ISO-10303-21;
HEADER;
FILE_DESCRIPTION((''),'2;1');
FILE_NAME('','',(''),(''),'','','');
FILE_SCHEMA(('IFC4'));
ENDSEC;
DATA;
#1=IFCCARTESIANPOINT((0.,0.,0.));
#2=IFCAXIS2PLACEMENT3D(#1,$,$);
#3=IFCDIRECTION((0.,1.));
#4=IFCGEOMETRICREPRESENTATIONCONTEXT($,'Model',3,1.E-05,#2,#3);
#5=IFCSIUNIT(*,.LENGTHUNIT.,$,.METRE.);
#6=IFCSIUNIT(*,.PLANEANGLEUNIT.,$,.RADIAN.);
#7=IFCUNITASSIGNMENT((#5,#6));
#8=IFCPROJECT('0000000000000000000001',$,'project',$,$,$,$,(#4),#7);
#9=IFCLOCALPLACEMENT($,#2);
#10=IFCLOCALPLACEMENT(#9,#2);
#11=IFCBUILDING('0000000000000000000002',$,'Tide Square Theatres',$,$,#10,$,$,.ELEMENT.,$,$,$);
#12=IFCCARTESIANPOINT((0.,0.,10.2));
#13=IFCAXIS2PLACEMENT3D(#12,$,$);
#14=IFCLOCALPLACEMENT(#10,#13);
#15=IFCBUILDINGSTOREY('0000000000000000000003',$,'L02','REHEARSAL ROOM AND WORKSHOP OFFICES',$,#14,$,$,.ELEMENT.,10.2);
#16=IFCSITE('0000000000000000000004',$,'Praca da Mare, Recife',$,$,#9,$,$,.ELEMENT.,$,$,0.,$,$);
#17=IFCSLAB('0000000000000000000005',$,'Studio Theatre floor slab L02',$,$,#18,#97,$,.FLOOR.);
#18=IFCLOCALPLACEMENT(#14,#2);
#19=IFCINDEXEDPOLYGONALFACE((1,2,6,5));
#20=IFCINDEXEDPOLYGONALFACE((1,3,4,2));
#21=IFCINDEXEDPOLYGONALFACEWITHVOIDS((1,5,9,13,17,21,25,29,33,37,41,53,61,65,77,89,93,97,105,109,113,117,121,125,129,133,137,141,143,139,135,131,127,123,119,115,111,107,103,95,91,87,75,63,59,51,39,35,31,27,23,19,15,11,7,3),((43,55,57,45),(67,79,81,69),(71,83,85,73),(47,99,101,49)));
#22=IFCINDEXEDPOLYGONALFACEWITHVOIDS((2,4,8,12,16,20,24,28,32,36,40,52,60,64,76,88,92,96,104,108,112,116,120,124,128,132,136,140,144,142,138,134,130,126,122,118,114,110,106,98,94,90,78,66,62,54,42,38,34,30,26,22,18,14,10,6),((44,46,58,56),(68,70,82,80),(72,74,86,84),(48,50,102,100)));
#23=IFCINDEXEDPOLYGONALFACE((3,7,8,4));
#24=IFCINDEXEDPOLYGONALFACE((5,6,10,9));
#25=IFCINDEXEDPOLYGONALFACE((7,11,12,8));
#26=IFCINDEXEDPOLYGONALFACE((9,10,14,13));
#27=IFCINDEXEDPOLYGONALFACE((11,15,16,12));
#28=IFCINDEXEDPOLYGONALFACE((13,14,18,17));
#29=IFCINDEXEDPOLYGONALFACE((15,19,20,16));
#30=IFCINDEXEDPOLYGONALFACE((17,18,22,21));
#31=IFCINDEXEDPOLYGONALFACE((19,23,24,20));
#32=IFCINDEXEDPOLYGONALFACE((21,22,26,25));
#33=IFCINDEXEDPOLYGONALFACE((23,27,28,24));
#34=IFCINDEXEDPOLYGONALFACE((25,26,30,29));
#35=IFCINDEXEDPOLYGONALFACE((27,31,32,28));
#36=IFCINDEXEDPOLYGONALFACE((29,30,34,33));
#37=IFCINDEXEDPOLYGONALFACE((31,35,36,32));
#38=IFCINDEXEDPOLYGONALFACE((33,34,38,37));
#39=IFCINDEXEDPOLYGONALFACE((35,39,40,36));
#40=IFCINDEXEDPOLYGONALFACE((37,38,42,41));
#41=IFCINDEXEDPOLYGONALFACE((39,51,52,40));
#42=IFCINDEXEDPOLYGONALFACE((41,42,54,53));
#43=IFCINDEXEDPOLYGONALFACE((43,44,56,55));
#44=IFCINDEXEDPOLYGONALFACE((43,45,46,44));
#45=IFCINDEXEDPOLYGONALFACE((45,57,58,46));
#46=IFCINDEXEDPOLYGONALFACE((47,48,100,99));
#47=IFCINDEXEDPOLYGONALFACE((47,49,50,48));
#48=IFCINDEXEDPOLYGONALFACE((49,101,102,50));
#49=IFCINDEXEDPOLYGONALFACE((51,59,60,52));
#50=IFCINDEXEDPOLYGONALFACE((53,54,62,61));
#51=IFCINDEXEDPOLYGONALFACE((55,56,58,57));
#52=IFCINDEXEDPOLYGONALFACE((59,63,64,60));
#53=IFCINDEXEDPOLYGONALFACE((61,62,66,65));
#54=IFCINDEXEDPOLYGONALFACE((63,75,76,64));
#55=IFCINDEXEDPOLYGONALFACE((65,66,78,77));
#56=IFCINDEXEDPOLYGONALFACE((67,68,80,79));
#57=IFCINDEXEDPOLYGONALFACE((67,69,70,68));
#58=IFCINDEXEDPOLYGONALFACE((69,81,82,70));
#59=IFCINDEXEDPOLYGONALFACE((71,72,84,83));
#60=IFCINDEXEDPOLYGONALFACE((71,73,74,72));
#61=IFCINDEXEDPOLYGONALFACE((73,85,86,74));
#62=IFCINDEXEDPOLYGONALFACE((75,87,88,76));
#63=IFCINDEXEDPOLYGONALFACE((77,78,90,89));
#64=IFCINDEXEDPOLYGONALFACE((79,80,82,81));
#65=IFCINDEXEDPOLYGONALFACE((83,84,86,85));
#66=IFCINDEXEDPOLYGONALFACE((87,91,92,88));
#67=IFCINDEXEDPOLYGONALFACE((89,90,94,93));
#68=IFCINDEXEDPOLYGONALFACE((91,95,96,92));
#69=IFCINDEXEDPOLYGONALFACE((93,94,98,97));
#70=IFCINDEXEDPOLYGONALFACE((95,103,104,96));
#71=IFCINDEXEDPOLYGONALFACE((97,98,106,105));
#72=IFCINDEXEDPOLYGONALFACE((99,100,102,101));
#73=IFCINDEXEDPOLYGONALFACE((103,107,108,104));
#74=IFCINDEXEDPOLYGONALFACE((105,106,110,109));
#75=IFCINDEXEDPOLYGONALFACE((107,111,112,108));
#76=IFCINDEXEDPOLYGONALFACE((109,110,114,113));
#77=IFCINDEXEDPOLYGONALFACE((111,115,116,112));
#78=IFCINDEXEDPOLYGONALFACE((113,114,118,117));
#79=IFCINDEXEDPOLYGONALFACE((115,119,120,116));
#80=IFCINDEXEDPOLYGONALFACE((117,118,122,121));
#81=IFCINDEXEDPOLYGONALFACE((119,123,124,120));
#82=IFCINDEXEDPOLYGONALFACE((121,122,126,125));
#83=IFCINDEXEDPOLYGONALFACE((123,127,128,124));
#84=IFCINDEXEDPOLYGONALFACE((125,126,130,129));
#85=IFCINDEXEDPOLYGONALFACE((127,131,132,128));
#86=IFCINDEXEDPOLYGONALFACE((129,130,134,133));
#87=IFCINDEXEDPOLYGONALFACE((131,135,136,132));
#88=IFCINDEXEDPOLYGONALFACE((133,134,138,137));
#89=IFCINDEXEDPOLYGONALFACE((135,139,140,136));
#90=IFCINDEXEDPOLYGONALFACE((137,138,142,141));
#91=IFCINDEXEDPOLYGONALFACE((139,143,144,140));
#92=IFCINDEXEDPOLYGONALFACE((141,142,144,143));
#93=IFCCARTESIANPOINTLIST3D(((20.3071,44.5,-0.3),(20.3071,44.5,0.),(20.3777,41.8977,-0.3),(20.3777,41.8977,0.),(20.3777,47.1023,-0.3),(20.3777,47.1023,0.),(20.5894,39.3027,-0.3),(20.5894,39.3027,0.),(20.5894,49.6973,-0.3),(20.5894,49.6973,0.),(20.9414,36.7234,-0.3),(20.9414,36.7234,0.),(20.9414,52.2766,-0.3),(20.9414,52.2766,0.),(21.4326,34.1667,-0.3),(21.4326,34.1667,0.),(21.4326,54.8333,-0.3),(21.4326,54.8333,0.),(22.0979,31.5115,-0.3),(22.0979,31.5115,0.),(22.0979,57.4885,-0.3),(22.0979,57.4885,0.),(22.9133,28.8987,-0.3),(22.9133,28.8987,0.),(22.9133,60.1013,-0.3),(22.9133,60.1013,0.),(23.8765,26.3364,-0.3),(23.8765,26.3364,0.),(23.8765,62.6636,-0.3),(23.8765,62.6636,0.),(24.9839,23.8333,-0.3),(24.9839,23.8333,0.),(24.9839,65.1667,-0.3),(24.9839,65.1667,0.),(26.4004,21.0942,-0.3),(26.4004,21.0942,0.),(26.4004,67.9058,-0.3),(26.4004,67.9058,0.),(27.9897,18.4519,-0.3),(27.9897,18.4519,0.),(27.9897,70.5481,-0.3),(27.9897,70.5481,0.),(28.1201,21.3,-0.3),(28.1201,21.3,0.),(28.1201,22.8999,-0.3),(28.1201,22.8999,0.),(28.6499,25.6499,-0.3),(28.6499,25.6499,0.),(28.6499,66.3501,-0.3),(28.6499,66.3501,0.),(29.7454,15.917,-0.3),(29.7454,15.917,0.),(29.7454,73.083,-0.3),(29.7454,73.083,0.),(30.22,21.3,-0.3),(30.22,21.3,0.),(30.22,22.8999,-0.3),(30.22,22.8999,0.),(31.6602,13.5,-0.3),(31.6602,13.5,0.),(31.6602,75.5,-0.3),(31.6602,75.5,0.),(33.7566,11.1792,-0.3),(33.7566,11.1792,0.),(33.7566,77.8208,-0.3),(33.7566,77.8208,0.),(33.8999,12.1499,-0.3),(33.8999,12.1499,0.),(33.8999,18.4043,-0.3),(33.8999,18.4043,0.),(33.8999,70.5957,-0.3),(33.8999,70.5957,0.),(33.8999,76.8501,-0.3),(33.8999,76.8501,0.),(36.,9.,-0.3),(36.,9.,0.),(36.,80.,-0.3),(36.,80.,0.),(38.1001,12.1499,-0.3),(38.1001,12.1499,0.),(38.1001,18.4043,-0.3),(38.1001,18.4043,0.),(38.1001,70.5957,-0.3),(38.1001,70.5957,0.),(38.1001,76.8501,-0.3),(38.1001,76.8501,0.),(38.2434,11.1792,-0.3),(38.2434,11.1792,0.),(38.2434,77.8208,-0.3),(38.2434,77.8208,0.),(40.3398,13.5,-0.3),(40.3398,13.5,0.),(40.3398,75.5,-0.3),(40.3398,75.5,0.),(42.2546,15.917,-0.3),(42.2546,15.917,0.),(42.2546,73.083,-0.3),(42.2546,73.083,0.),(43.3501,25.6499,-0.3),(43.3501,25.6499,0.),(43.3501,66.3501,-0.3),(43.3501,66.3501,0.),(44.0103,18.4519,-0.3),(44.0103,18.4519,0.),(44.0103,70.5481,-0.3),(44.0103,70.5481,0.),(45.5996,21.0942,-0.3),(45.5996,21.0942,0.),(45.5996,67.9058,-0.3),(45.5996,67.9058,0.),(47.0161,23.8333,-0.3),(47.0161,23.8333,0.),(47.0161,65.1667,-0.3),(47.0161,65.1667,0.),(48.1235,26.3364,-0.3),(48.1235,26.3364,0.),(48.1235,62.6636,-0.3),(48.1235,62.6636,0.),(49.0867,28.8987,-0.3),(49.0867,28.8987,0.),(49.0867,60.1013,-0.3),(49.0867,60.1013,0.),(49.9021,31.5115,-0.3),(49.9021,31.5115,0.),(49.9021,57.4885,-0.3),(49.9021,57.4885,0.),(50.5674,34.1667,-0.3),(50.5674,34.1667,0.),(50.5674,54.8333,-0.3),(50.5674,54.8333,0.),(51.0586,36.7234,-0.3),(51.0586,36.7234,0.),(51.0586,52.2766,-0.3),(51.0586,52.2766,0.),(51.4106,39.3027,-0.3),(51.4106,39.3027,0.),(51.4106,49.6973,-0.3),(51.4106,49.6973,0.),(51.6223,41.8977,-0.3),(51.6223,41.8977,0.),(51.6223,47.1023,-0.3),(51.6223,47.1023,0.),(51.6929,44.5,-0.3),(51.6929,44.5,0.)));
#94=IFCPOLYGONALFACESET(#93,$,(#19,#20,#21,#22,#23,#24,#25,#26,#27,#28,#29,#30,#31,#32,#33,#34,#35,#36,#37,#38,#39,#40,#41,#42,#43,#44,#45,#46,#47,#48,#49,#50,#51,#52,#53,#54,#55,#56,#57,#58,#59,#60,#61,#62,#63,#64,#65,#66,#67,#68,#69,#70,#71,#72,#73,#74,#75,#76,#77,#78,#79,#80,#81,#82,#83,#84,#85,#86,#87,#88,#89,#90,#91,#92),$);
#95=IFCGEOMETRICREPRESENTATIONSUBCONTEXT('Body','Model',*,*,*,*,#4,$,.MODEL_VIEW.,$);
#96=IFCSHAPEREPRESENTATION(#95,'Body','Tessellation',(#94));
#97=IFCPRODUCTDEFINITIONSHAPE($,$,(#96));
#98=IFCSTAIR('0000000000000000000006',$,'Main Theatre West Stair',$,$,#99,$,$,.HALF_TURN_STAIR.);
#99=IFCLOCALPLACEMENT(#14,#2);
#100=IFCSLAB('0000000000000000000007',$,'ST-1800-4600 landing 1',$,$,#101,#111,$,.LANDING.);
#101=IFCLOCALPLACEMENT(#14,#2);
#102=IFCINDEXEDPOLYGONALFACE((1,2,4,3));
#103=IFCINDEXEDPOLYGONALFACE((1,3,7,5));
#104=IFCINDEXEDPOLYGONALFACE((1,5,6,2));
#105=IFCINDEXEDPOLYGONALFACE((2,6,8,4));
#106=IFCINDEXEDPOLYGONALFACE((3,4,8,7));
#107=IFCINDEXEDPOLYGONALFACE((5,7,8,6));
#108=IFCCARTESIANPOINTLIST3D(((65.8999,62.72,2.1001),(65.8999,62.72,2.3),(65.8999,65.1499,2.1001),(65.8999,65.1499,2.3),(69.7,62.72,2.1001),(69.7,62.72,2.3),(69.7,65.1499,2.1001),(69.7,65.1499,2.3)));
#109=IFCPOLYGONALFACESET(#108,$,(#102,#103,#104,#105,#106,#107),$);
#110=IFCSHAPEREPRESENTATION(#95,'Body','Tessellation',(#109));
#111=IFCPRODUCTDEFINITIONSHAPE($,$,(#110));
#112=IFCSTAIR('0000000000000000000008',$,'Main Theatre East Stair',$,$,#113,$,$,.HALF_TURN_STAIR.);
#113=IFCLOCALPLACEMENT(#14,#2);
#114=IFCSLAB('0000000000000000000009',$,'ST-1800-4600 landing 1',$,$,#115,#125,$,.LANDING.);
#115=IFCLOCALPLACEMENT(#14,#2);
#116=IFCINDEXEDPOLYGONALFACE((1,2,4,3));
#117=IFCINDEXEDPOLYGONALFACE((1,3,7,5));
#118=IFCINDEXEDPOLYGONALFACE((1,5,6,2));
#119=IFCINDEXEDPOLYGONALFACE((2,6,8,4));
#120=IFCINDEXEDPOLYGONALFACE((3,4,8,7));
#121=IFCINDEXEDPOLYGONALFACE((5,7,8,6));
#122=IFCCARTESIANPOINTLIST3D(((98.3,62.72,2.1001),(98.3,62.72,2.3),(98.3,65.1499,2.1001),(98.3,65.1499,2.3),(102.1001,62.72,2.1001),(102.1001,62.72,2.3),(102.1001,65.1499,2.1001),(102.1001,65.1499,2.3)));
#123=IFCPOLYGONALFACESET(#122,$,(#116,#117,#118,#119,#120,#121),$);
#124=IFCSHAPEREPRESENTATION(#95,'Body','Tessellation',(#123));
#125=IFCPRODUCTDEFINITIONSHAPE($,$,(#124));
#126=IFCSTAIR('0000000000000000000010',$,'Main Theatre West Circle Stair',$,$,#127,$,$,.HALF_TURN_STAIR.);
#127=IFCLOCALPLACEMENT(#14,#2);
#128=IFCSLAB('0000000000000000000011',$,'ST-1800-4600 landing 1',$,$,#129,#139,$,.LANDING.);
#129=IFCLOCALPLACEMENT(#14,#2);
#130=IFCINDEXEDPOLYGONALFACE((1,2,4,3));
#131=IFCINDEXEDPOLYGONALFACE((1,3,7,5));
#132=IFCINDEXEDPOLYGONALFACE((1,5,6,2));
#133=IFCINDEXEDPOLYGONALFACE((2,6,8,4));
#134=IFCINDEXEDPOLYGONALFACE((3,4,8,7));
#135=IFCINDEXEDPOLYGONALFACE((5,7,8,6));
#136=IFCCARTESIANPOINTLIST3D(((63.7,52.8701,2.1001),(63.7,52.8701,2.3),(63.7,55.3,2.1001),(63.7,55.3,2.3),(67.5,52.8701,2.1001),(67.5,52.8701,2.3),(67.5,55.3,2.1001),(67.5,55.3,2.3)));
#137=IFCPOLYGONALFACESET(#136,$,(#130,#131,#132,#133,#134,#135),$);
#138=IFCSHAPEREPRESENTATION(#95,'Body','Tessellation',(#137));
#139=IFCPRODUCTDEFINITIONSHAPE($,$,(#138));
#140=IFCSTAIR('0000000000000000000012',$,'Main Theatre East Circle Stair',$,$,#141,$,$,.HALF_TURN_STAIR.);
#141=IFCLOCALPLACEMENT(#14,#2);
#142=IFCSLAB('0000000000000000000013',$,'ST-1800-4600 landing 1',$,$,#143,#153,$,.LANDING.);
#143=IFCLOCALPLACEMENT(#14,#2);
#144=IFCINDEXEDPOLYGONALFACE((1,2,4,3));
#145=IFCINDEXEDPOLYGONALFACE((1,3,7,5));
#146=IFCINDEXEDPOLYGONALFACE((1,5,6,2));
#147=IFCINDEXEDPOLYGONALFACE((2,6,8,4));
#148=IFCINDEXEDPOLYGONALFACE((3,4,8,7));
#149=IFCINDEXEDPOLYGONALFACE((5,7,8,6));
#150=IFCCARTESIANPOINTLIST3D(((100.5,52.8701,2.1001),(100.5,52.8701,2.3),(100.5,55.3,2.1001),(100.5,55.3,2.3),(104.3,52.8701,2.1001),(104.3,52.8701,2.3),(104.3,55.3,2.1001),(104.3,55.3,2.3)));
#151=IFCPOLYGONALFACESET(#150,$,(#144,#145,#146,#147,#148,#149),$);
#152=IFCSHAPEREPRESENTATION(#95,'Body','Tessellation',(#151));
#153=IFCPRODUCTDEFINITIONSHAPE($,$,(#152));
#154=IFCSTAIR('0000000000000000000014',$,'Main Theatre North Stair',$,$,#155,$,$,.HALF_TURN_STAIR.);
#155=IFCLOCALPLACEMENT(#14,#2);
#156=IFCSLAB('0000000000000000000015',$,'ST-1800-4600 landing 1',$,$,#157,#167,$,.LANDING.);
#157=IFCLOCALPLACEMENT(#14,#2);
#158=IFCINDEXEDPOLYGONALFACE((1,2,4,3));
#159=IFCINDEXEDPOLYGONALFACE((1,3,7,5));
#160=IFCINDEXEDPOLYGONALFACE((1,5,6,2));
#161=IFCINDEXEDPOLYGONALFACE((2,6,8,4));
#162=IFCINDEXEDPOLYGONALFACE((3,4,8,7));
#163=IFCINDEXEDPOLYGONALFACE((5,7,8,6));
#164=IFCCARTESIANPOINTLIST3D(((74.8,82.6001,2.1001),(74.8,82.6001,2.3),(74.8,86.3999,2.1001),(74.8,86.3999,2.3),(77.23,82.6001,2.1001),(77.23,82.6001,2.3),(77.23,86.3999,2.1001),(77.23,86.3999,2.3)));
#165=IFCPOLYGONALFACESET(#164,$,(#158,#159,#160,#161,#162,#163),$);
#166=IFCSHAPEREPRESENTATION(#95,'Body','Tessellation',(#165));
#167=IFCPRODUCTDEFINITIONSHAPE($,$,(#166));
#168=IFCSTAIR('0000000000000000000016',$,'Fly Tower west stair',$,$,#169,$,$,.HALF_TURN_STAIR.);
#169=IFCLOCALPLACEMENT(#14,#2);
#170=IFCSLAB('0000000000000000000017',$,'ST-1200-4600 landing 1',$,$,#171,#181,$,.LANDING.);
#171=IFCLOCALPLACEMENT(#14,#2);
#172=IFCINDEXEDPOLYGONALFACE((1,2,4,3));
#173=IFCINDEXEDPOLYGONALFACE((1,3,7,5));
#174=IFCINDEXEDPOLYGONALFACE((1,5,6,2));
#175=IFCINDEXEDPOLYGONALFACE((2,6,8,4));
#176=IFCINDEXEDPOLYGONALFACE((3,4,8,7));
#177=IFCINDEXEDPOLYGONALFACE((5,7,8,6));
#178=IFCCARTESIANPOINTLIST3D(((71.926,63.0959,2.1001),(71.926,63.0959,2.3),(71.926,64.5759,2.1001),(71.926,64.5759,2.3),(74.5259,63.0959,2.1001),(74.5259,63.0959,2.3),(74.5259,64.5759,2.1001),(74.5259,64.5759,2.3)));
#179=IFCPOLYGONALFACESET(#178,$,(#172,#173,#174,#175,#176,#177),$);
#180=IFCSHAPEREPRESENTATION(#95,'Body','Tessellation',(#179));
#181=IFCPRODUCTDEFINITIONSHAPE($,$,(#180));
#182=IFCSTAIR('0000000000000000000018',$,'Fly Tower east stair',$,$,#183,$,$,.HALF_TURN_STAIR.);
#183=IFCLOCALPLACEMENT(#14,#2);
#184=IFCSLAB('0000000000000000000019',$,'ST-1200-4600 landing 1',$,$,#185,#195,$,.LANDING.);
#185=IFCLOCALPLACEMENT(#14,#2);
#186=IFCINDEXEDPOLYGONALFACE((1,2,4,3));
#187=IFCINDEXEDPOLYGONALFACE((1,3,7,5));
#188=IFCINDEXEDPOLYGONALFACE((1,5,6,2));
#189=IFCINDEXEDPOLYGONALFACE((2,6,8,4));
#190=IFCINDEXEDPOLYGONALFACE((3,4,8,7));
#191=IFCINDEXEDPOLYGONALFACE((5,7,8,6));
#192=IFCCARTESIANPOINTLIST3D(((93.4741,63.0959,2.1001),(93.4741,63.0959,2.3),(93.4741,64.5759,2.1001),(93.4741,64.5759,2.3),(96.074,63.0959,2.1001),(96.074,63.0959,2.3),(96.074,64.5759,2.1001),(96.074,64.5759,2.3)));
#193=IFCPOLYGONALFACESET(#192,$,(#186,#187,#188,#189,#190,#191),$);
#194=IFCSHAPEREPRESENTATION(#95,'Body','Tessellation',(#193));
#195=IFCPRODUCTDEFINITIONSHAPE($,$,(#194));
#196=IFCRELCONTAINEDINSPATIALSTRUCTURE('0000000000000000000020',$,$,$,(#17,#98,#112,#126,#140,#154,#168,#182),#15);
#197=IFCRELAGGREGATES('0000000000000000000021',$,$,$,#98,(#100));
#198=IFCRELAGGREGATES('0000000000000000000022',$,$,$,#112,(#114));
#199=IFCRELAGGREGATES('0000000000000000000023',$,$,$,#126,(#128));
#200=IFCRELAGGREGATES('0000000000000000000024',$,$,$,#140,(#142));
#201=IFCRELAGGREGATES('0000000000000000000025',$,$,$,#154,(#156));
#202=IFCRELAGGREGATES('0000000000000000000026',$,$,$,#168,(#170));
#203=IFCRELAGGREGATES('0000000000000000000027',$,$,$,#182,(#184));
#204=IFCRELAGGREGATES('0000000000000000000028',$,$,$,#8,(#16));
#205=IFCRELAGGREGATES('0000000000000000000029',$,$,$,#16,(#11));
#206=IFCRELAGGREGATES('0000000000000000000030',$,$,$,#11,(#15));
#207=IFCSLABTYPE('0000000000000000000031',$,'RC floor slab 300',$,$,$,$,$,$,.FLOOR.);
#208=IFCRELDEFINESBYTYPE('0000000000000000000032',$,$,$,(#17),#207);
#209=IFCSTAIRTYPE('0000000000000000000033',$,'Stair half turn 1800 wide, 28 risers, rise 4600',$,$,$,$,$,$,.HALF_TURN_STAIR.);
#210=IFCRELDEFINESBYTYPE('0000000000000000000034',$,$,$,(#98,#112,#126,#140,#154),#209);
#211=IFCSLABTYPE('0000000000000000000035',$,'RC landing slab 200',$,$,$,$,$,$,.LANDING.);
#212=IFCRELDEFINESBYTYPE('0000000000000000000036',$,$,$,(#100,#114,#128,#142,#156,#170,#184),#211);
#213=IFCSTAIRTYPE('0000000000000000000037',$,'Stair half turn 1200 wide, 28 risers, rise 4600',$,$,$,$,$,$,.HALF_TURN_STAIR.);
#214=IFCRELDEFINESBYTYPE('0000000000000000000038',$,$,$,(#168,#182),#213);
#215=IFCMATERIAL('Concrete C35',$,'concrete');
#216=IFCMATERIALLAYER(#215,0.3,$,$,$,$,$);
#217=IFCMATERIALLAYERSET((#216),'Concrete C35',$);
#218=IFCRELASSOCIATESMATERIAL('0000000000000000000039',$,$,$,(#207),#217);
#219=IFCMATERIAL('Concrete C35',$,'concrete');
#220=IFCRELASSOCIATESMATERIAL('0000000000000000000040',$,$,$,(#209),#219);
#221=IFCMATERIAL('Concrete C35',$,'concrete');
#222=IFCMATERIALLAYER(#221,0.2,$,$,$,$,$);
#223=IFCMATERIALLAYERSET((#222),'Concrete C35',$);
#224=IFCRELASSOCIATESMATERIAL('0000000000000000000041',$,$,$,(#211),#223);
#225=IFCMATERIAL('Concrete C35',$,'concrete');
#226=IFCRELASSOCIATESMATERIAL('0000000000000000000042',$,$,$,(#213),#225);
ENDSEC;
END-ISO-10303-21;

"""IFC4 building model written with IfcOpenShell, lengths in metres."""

from ifc_helpers import new_model, si_unit, direction, frame, origin, place, context, subcontext, project, spatial, polyline, outline, extrude, material, layer, layer_set, type_object, element, aggregate, save


model = new_model("IFC4")

# Units and contexts
model_context = context("Model", 3, precision=1e-05, world=origin(), true_north=direction((0.0, 1.0)))
body_context = subcontext(model_context, "Body", "Model", "MODEL_VIEW")
ifc_project = project(units=[si_unit("LENGTHUNIT", "METRE"), si_unit("PLANEANGLEUNIT", "RADIAN")], contexts=[model_context])

# Site, building, storey
site_placement = place(None, origin())
site = spatial("IfcSite", under=ifc_project, at=site_placement, Name="Praca da Mare, Recife", CompositionType="ELEMENT", RefElevation=0.0)
building_placement = place(site_placement, origin())
building = spatial("IfcBuilding", under=site, at=building_placement, Name="Tide Square Theatres", CompositionType="ELEMENT")
storey_placement = place(building_placement, frame((0.0, 0.0, 10.2)))
storey = spatial("IfcBuildingStorey", under=building, at=storey_placement, Name="L02", Description="REHEARSAL ROOM AND WORKSHOP OFFICES", CompositionType="ELEMENT", Elevation=10.2)

# Slab
ifc_material_1 = material(Name="Concrete C35", Category="concrete")
ifc_layer_1 = layer(ifc_material_1, 0.3)
ifc_layer_set_1 = layer_set([ifc_layer_1], Name="Concrete C35")
slab_type_1 = type_object("IfcSlabType", Name="RC floor slab 300", PredefinedType="FLOOR", material=ifc_layer_set_1)
slab_1_placement = place(storey_placement, frame((0.0, 0.0, -0.3)))
element("IfcSlab", 1, at=slab_1_placement, inside=storey, type_object=slab_type_1, Name="Studio Theatre floor slab L02", PredefinedType="FLOOR", context=body_context, shape_type="SweptSolid", body=[
    extrude(outline(polyline([(36.0, 9.0), (38.2434, 11.1792), (40.3398, 13.5), (42.2546, 15.917), (44.0103, 18.4519), (45.5996, 21.0942), (47.0161, 23.8333), (48.1235, 26.3364), (49.0867, 28.8987), (49.9021, 31.5115), (50.5674, 34.1667), (51.0586, 36.7234), (51.4106, 39.3027), (51.6223, 41.8977), (51.6929, 44.5), (51.6223, 47.1023), (51.4106, 49.6973), (51.0586, 52.2766), (50.5674, 54.8333), (49.9021, 57.4885), (49.0867, 60.1013), (48.1235, 62.6636), (47.0161, 65.1667), (45.5996, 67.9058), (44.0103, 70.5481), (42.2546, 73.083), (40.3398, 75.5), (38.2434, 77.8208), (36.0, 80.0), (33.7566, 77.8208), (31.6602, 75.5), (29.7454, 73.083), (27.9897, 70.5481), (26.4004, 67.9058), (24.9839, 65.1667), (23.8765, 62.6636), (22.9133, 60.1013), (22.0979, 57.4885), (21.4326, 54.8333), (20.9414, 52.2766), (20.5894, 49.6973), (20.3777, 47.1023), (20.3071, 44.5), (20.3777, 41.8977), (20.5894, 39.3027), (20.9414, 36.7234), (21.4326, 34.1667), (22.0979, 31.5115), (22.9133, 28.8987), (23.8765, 26.3364), (24.9839, 23.8333), (26.4004, 21.0942), (27.9897, 18.4519), (29.7454, 15.917), (31.6602, 13.5), (33.7566, 11.1792), (36.0, 9.0)]), holes=[polyline([(28.6499, 66.3501), (28.6499, 25.6499), (43.3501, 25.6499), (43.3501, 66.3501), (28.6499, 66.3501)]), polyline([(30.22, 21.3), (30.22, 22.8999), (28.1201, 22.8999), (28.1201, 21.3), (30.22, 21.3)]), polyline([(38.1001, 70.5957), (38.1001, 76.8501), (33.8999, 76.8501), (33.8999, 70.5957), (38.1001, 70.5957)]), polyline([(33.8999, 18.4043), (33.8999, 12.1499), (38.1001, 12.1499), (38.1001, 18.4043), (33.8999, 18.4043)])]), origin(), (0.0, 0.0, 1.0), 0.3),
])

# Stairs, slabs
ifc_material_2 = material(Name="Concrete C35", Category="concrete")
stair_type_1 = type_object("IfcStairType", Name="Stair half turn 1800 wide, 28 risers, rise 4600", PredefinedType="HALF_TURN_STAIR", material=ifc_material_2)
stair_1_placement = place(storey_placement, origin())
stair_1 = element("IfcStair", 2, at=stair_1_placement, inside=storey, type_object=stair_type_1, Name="Main Theatre West Stair", PredefinedType="HALF_TURN_STAIR")
ifc_material_3 = material(Name="Concrete C35", Category="concrete")
ifc_layer_2 = layer(ifc_material_3, 0.2)
ifc_layer_set_2 = layer_set([ifc_layer_2], Name="Concrete C35")
slab_type_2 = type_object("IfcSlabType", Name="RC landing slab 200", PredefinedType="LANDING", material=ifc_layer_set_2)
slab_2_placement = place(storey_placement, frame((0.0, 0.0, 2.1001)))
slab_2 = element("IfcSlab", 3, at=slab_2_placement, type_object=slab_type_2, Name="ST-1800-4600 landing 1", PredefinedType="LANDING", context=body_context, shape_type="SweptSolid", body=[
    extrude(outline(polyline([(69.7, 62.72), (69.7, 65.1499), (65.8999, 65.1499), (65.8999, 62.72), (69.7, 62.72)])), origin(), (0.0, 0.0, 1.0), 0.2),
])
aggregate(stair_1, [slab_2])
stair_2_placement = place(storey_placement, origin())
stair_2 = element("IfcStair", 4, at=stair_2_placement, inside=storey, type_object=stair_type_1, Name="Main Theatre East Stair", PredefinedType="HALF_TURN_STAIR")
slab_3_placement = place(storey_placement, frame((0.0, 0.0, 2.1001)))
slab_3 = element("IfcSlab", 5, at=slab_3_placement, type_object=slab_type_2, Name="ST-1800-4600 landing 1", PredefinedType="LANDING", context=body_context, shape_type="SweptSolid", body=[
    extrude(outline(polyline([(102.1001, 62.72), (102.1001, 65.1499), (98.3, 65.1499), (98.3, 62.72), (102.1001, 62.72)])), origin(), (0.0, 0.0, 1.0), 0.2),
])
aggregate(stair_2, [slab_3])
stair_3_placement = place(storey_placement, origin())
stair_3 = element("IfcStair", 6, at=stair_3_placement, inside=storey, type_object=stair_type_1, Name="Main Theatre West Circle Stair", PredefinedType="HALF_TURN_STAIR")
slab_4_placement = place(storey_placement, frame((0.0, 0.0, 2.1001)))
slab_4 = element("IfcSlab", 7, at=slab_4_placement, type_object=slab_type_2, Name="ST-1800-4600 landing 1", PredefinedType="LANDING", context=body_context, shape_type="SweptSolid", body=[
    extrude(outline(polyline([(67.5, 52.8701), (67.5, 55.3), (63.7, 55.3), (63.7, 52.8701), (67.5, 52.8701)])), origin(), (0.0, 0.0, 1.0), 0.2),
])
aggregate(stair_3, [slab_4])
stair_4_placement = place(storey_placement, origin())
stair_4 = element("IfcStair", 8, at=stair_4_placement, inside=storey, type_object=stair_type_1, Name="Main Theatre East Circle Stair", PredefinedType="HALF_TURN_STAIR")
slab_5_placement = place(storey_placement, frame((0.0, 0.0, 2.1001)))
slab_5 = element("IfcSlab", 9, at=slab_5_placement, type_object=slab_type_2, Name="ST-1800-4600 landing 1", PredefinedType="LANDING", context=body_context, shape_type="SweptSolid", body=[
    extrude(outline(polyline([(104.3, 52.8701), (104.3, 55.3), (100.5, 55.3), (100.5, 52.8701), (104.3, 52.8701)])), origin(), (0.0, 0.0, 1.0), 0.2),
])
aggregate(stair_4, [slab_5])
stair_5_placement = place(storey_placement, origin())
stair_5 = element("IfcStair", 10, at=stair_5_placement, inside=storey, type_object=stair_type_1, Name="Main Theatre North Stair", PredefinedType="HALF_TURN_STAIR")
slab_6_placement = place(storey_placement, frame((0.0, 0.0, 2.1001)))
slab_6 = element("IfcSlab", 11, at=slab_6_placement, type_object=slab_type_2, Name="ST-1800-4600 landing 1", PredefinedType="LANDING", context=body_context, shape_type="SweptSolid", body=[
    extrude(outline(polyline([(77.23, 86.3999), (74.8, 86.3999), (74.8, 82.6001), (77.23, 82.6001), (77.23, 86.3999)])), origin(), (0.0, 0.0, 1.0), 0.2),
])
aggregate(stair_5, [slab_6])
ifc_material_4 = material(Name="Concrete C35", Category="concrete")
stair_type_2 = type_object("IfcStairType", Name="Stair half turn 1200 wide, 28 risers, rise 4600", PredefinedType="HALF_TURN_STAIR", material=ifc_material_4)
stair_6_placement = place(storey_placement, origin())
stair_6 = element("IfcStair", 12, at=stair_6_placement, inside=storey, type_object=stair_type_2, Name="Fly Tower west stair", PredefinedType="HALF_TURN_STAIR")
slab_7_placement = place(storey_placement, frame((0.0, 0.0, 2.1001)))
slab_7 = element("IfcSlab", 13, at=slab_7_placement, type_object=slab_type_2, Name="ST-1200-4600 landing 1", PredefinedType="LANDING", context=body_context, shape_type="SweptSolid", body=[
    extrude(outline(polyline([(74.5259, 63.0959), (74.5259, 64.5759), (71.926, 64.5759), (71.926, 63.0959), (74.5259, 63.0959)])), origin(), (0.0, 0.0, 1.0), 0.2),
])
aggregate(stair_6, [slab_7])
stair_7_placement = place(storey_placement, origin())
stair_7 = element("IfcStair", 14, at=stair_7_placement, inside=storey, type_object=stair_type_2, Name="Fly Tower east stair", PredefinedType="HALF_TURN_STAIR")
slab_8_placement = place(storey_placement, frame((0.0, 0.0, 2.1001)))
slab_8 = element("IfcSlab", 15, at=slab_8_placement, type_object=slab_type_2, Name="ST-1200-4600 landing 1", PredefinedType="LANDING", context=body_context, shape_type="SweptSolid", body=[
    extrude(outline(polyline([(96.074, 63.0959), (96.074, 64.5759), (93.4741, 64.5759), (93.4741, 63.0959), (96.074, 63.0959)])), origin(), (0.0, 0.0, 1.0), 0.2),
])
aggregate(stair_7, [slab_8])

save(model, "model.ifc")
